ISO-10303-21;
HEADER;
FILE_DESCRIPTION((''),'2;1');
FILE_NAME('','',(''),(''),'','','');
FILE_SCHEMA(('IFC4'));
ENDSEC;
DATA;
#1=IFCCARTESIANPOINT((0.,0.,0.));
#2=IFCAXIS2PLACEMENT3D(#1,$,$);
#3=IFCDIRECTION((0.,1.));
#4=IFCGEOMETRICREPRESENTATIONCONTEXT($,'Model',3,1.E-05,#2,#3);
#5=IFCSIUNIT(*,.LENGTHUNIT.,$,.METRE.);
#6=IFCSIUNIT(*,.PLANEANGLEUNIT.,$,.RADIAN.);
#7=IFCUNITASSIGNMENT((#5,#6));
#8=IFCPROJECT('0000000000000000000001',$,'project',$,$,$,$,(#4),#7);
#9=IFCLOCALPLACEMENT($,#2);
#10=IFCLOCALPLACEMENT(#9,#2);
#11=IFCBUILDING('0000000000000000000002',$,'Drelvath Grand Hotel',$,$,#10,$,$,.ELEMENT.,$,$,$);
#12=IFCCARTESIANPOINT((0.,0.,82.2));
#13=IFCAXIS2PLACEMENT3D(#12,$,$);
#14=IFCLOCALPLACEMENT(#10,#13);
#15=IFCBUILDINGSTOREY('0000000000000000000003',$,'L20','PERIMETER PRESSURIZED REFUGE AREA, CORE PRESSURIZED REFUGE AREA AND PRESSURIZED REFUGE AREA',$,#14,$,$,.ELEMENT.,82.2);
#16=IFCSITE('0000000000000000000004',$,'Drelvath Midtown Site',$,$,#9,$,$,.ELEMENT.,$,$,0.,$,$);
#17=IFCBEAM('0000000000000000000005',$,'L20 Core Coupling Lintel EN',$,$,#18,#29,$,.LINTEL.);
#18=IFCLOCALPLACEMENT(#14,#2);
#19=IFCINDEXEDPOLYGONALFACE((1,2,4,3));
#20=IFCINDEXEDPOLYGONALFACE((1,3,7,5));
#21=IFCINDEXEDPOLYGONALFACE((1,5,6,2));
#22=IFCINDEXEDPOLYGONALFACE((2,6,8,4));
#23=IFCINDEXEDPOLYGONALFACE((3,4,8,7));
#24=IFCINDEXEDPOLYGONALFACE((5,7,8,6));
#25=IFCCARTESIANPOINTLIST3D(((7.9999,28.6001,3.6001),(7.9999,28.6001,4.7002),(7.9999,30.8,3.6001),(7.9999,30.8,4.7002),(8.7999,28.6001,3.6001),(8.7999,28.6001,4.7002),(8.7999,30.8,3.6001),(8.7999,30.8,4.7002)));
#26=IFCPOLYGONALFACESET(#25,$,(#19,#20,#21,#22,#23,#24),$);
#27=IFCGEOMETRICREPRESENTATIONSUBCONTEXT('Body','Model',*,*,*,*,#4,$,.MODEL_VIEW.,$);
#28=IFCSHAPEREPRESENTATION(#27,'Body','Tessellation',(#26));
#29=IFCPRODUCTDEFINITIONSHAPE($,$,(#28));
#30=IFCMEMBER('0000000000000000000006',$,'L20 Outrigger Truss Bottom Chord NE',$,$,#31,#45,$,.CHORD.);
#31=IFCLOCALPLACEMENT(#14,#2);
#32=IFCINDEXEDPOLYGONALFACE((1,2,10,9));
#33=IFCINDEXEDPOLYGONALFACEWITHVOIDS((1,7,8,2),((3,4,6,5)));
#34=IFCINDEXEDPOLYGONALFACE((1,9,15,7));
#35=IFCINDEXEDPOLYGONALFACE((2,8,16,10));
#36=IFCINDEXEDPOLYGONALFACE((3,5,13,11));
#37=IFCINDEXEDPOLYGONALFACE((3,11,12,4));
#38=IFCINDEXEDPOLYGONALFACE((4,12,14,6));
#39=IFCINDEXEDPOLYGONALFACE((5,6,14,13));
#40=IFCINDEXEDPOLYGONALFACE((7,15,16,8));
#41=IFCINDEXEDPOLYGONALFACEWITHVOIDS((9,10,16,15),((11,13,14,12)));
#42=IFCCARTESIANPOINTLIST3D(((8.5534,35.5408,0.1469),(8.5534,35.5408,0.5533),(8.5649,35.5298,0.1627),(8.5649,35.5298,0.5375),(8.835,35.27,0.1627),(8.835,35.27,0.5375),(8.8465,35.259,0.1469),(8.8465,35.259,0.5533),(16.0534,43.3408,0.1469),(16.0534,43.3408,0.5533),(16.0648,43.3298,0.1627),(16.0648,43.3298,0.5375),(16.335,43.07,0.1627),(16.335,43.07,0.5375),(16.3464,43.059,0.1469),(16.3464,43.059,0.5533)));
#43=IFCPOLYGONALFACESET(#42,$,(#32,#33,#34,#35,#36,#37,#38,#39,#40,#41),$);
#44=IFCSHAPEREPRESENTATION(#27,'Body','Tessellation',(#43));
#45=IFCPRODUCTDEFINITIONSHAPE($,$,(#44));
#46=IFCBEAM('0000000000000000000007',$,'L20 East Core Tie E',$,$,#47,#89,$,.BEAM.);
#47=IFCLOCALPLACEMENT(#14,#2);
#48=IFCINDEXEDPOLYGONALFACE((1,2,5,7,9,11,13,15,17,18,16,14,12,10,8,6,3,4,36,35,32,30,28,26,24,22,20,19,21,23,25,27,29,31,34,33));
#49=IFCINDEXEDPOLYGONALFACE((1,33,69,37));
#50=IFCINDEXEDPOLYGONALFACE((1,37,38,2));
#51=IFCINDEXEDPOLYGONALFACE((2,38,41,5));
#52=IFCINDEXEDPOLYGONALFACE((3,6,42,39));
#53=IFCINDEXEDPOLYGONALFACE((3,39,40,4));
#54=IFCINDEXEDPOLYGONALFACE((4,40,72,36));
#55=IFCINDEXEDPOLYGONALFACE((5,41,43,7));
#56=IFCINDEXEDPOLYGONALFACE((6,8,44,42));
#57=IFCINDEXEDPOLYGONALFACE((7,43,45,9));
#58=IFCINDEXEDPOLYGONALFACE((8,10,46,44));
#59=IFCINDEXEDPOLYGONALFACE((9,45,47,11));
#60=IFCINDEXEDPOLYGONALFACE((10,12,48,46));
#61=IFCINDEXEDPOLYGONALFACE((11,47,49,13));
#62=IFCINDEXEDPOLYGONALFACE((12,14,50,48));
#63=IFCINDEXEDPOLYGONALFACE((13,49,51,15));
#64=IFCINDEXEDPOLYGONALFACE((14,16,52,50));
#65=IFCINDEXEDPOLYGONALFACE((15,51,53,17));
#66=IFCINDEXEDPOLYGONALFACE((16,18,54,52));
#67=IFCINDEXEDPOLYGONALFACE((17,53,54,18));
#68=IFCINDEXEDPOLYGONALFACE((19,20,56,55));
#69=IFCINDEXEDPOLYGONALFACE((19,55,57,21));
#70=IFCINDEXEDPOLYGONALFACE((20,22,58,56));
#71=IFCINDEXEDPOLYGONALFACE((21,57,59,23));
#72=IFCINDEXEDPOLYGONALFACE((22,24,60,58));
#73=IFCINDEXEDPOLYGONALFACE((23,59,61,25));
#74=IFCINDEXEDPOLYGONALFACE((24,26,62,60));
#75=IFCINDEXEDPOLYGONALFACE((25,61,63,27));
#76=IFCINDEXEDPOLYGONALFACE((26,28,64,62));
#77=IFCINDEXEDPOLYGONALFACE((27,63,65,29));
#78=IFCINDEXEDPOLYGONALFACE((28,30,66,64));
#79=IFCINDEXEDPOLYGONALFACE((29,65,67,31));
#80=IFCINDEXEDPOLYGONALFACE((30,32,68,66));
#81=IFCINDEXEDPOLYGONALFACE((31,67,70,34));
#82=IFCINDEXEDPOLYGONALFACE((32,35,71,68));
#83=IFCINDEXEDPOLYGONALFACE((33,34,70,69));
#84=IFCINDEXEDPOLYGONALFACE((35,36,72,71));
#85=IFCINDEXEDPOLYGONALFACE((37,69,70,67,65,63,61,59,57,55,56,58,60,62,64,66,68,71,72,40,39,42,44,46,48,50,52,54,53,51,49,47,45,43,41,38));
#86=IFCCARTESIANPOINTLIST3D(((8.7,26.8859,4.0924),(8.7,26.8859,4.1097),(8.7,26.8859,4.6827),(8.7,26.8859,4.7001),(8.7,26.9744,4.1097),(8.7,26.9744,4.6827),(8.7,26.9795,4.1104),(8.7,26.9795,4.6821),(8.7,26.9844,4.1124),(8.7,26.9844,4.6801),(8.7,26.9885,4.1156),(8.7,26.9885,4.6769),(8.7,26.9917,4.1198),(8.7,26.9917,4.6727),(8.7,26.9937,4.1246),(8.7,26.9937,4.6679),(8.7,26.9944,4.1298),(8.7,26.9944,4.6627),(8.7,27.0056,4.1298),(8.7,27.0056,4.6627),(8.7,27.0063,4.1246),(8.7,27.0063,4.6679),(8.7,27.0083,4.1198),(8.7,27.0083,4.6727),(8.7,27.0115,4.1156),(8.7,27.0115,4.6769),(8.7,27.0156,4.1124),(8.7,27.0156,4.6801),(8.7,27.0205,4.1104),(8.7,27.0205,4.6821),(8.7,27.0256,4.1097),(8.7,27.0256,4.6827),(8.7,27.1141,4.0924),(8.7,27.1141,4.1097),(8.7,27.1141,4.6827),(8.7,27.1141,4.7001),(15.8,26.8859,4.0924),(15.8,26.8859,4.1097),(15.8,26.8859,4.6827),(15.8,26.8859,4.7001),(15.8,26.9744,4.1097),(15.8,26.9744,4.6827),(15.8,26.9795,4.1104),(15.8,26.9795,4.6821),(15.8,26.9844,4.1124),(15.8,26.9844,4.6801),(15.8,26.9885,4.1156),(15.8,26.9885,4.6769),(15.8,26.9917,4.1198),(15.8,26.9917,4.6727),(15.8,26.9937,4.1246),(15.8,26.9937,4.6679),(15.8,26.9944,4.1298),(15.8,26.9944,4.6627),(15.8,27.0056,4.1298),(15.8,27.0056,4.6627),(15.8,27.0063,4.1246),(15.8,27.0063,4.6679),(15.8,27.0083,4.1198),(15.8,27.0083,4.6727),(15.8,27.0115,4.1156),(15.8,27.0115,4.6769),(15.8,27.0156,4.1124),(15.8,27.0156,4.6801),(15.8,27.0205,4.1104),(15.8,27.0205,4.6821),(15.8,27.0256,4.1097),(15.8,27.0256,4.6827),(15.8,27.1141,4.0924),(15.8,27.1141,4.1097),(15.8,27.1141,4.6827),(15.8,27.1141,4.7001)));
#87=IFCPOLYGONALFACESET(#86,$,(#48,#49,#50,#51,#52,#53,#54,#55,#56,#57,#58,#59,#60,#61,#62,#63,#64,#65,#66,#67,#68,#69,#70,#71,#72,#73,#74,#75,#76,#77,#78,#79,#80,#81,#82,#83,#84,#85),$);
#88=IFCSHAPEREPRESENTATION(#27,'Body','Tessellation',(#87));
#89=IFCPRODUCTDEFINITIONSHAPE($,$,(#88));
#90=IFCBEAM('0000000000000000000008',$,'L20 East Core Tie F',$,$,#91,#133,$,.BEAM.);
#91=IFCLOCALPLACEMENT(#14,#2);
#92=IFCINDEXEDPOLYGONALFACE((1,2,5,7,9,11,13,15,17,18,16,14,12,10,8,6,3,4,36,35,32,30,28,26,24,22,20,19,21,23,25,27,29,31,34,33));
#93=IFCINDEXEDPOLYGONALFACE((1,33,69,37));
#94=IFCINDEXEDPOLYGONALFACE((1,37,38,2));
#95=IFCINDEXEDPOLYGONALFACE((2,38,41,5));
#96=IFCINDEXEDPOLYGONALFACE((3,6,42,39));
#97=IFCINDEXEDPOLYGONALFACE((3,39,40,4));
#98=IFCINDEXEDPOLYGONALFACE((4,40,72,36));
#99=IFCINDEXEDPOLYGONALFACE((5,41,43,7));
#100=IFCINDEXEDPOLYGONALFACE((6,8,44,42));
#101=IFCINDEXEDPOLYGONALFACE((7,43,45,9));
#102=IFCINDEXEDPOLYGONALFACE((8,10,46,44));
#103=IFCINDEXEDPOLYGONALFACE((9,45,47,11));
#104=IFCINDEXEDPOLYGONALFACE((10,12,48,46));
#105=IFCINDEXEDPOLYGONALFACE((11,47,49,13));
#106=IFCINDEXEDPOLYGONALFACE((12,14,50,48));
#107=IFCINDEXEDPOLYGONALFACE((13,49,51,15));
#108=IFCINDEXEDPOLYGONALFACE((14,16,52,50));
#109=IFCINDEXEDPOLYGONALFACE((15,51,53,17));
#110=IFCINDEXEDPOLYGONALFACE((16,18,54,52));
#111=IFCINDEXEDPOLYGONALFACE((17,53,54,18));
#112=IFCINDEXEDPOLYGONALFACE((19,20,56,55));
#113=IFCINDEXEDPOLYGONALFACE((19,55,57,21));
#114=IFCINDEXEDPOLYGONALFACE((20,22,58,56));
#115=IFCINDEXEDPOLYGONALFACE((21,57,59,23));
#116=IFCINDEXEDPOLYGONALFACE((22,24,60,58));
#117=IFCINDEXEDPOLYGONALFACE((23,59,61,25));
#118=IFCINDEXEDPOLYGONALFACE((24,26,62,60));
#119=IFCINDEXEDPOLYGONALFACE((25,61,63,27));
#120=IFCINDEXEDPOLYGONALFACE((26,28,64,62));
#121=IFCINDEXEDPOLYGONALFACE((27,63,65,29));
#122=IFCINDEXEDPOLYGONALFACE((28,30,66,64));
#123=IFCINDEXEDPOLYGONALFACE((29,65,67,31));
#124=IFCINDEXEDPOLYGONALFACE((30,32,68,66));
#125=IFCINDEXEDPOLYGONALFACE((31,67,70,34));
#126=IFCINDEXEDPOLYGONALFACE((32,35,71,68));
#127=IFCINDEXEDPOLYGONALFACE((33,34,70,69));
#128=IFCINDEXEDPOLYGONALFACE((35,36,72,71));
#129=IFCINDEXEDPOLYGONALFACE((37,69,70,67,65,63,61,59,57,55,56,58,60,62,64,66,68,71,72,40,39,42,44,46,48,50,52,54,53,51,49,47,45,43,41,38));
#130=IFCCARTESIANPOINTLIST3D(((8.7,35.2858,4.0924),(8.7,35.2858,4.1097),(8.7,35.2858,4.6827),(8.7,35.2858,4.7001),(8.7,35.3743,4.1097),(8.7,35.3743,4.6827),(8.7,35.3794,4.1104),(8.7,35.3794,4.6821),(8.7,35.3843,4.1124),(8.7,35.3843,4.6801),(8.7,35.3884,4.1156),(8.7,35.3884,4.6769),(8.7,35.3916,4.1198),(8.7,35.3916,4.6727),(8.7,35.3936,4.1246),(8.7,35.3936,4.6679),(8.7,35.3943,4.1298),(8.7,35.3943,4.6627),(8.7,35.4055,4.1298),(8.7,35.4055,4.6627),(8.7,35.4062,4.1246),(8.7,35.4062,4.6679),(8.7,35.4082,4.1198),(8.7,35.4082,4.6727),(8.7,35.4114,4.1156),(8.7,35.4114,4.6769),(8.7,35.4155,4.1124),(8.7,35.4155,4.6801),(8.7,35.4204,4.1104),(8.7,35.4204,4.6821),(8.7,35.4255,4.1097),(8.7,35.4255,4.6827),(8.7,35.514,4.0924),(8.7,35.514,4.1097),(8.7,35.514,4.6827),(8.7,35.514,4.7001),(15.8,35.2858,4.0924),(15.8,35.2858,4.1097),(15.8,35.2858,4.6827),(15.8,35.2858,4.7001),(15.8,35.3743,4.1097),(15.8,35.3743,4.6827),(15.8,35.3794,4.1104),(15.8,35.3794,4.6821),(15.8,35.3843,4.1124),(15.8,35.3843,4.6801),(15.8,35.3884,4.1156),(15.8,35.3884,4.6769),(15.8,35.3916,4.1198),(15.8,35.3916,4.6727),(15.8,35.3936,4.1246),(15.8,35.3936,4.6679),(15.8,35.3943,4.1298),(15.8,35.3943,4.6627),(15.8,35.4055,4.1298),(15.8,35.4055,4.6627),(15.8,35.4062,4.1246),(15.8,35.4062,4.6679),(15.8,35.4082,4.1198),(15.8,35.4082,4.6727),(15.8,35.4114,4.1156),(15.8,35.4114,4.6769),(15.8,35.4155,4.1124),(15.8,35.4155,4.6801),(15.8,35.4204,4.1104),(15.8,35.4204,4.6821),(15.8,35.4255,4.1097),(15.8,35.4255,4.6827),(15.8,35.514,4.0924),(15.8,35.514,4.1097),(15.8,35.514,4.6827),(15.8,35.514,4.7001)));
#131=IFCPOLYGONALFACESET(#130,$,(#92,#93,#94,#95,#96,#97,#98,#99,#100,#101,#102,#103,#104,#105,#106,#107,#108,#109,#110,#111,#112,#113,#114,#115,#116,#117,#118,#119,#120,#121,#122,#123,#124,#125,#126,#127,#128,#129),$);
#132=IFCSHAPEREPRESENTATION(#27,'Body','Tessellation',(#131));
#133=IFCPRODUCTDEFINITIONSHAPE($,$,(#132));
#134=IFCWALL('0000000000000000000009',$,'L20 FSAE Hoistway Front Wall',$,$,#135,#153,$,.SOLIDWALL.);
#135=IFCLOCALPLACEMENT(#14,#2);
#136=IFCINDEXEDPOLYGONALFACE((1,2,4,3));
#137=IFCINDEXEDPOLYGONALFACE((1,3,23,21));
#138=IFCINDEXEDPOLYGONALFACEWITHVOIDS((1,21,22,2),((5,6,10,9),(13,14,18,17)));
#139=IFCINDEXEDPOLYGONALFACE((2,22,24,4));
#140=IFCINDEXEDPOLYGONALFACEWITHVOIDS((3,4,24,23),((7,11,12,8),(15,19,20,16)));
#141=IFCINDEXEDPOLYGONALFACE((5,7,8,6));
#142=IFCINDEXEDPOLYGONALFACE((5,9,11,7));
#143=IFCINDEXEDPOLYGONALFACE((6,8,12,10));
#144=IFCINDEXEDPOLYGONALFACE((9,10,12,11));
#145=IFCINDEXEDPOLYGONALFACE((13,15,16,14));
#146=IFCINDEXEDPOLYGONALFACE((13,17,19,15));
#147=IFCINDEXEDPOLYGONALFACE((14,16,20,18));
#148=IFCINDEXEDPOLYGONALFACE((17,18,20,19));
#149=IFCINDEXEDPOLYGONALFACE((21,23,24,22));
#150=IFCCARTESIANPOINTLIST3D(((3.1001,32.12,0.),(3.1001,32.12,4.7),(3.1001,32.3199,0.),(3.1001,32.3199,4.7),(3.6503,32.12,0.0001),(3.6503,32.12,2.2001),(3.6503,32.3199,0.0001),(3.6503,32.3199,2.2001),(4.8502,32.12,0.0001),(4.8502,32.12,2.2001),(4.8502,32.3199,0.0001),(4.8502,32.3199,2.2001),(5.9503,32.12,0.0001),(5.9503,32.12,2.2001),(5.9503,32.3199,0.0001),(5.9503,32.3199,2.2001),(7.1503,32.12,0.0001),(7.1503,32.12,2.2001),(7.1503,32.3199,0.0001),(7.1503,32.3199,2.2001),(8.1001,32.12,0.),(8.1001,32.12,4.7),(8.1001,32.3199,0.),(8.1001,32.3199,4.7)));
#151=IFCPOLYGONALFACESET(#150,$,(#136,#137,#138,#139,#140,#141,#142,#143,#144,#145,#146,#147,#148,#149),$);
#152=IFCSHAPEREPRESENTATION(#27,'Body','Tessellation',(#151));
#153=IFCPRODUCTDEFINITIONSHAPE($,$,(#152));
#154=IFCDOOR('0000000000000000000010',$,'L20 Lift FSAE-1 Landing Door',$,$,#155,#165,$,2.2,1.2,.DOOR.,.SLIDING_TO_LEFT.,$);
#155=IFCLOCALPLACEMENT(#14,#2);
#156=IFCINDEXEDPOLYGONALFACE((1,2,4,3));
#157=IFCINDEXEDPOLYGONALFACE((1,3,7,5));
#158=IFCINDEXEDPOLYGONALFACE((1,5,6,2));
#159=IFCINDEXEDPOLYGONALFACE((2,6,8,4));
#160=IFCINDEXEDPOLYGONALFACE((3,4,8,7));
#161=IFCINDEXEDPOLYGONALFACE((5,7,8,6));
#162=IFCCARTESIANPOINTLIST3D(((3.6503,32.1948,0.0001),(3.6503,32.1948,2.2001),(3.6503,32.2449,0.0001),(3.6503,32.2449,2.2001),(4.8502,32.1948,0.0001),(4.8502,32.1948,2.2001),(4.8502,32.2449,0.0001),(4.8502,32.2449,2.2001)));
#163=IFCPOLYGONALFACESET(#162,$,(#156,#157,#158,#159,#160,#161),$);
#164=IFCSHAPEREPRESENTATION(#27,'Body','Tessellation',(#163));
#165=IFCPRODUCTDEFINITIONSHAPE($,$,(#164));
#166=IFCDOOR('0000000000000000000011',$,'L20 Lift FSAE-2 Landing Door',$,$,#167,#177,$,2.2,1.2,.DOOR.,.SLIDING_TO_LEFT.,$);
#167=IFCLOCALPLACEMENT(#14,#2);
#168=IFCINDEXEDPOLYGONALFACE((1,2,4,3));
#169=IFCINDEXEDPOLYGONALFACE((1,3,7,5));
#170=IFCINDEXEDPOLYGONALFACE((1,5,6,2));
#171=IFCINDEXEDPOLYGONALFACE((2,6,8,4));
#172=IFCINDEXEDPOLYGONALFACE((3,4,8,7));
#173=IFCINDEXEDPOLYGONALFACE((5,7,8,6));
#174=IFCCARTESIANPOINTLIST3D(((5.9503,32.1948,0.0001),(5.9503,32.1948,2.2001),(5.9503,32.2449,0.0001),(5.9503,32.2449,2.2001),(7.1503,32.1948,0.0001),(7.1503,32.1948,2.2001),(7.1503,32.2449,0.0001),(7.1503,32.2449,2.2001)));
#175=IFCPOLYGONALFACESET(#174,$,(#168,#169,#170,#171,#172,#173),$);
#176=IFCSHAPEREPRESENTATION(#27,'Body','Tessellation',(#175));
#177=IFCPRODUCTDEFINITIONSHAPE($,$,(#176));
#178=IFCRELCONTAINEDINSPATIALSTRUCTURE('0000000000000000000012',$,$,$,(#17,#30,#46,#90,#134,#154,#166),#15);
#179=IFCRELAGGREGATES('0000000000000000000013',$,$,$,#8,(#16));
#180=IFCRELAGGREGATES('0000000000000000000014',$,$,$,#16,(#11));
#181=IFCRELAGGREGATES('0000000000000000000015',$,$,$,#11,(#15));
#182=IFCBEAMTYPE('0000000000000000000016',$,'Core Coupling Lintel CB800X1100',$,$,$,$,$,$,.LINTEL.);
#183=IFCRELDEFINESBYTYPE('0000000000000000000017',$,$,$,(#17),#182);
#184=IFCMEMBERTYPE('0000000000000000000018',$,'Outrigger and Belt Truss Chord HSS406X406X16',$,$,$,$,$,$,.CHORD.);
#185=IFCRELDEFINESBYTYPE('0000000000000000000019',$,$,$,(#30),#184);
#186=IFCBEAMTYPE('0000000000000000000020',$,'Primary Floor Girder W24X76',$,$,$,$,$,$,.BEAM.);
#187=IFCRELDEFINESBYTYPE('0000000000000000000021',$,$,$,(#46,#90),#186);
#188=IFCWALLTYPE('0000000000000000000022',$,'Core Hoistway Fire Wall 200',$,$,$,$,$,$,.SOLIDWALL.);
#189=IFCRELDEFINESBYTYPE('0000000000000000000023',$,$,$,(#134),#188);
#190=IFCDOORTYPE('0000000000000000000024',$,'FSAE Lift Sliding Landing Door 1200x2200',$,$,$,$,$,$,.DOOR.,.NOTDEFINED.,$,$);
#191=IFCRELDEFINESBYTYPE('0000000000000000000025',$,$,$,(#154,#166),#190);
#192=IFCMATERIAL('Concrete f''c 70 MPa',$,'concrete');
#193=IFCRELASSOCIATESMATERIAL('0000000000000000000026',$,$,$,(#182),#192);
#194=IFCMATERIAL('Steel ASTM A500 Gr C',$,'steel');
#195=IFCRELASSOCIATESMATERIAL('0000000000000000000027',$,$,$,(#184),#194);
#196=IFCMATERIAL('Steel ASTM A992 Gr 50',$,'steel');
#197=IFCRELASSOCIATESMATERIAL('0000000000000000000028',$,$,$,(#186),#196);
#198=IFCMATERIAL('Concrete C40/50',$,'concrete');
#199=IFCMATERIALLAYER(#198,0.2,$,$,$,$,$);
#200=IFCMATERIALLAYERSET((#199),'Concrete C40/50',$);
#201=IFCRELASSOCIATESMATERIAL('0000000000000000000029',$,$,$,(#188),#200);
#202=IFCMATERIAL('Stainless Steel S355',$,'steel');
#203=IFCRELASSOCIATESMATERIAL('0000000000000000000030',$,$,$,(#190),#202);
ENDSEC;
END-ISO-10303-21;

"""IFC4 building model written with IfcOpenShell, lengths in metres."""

from ifc_helpers import new_model, si_unit, direction, frame, frame_2d, origin, origin_2d, place, context, subcontext, project, spatial, rectangle, hollow_rectangle, i_section, extrude, material, layer, layer_set, material_profile, profile_set, type_object, element, fill, save


model = new_model("IFC4")

# Units and contexts
model_context = context("Model", 3, precision=1e-05, world=origin(), true_north=direction((0.0, 1.0)))
body_context = subcontext(model_context, "Body", "Model", "MODEL_VIEW")
ifc_project = project(units=[si_unit("LENGTHUNIT", "METRE"), si_unit("PLANEANGLEUNIT", "RADIAN")], contexts=[model_context])

# Site, building, storey
site_placement = place(None, origin())
site = spatial("IfcSite", under=ifc_project, at=site_placement, Name="Drelvath Midtown Site", CompositionType="ELEMENT", RefElevation=0.0)
building_placement = place(site_placement, origin())
building = spatial("IfcBuilding", under=site, at=building_placement, Name="Drelvath Grand Hotel", CompositionType="ELEMENT")
storey_placement = place(building_placement, frame((0.0, 0.0, 82.2)))
storey = spatial("IfcBuildingStorey", under=building, at=storey_placement, Name="L20", Description="PERIMETER PRESSURIZED REFUGE AREA, CORE PRESSURIZED REFUGE AREA AND PRESSURIZED REFUGE AREA", CompositionType="ELEMENT", Elevation=82.2)

# Beam
ifc_material_1 = material(Name="Concrete f'c 70 MPa", Category="concrete")
ifc_material_profile_1 = material_profile(ifc_material_1, rectangle(XDim=0.8, YDim=1.1001, at=origin_2d()), Name="CB800X1100")
ifc_profile_set_1 = profile_set([ifc_material_profile_1], Name="Concrete f'c 70 MPa")
beam_type_1 = type_object("IfcBeamType", Name="Core Coupling Lintel CB800X1100", PredefinedType="LINTEL", material=ifc_profile_set_1)
beam_placement = place(storey_placement, frame((8.3999, 28.6001, 4.1501), z_axis=(0.0, 1.0, 0.0), x_axis=(-1.0, 0.0, 0.0)))
element("IfcBeam", 1, at=beam_placement, inside=storey, type_object=beam_type_1, Name="L20 Core Coupling Lintel EN", PredefinedType="LINTEL", context=body_context, shape_type="SweptSolid", body=[
    extrude(rectangle(XDim=0.8, YDim=1.1001, at=origin_2d()), origin(), (0.0, 0.0, 1.0), 2.2),
])

# Member
ifc_material_2 = material(Name="Steel ASTM A500 Gr C", Category="steel")
ifc_material_profile_2 = material_profile(ifc_material_2, hollow_rectangle(XDim=0.4065, YDim=0.4065, WallThickness=0.0159, at=origin_2d()), Name="HSS406X406X16")
ifc_profile_set_2 = profile_set([ifc_material_profile_2], Name="Steel ASTM A500 Gr C")
member_type = type_object("IfcMemberType", Name="Outrigger and Belt Truss Chord HSS406X406X16", PredefinedType="CHORD", material=ifc_profile_set_2)
member_placement = place(storey_placement, frame((8.7, 35.3999, 0.3501), z_axis=(0.693106, 0.720835, 0.0), x_axis=(-0.720835, 0.693106, 0.0)))
element("IfcMember", 2, at=member_placement, inside=storey, type_object=member_type, Name="L20 Outrigger Truss Bottom Chord NE", PredefinedType="CHORD", context=body_context, shape_type="SweptSolid", body=[
    extrude(hollow_rectangle(XDim=0.4065, YDim=0.4065, WallThickness=0.0159, at=origin_2d()), origin(), (0.0, 0.0, 1.0), 10.8208),
])

# Beams
ifc_material_3 = material(Name="Steel ASTM A992 Gr 50", Category="steel")
ifc_material_profile_3 = material_profile(ifc_material_3, i_section(OverallWidth=0.2283, OverallDepth=0.6077, WebThickness=0.0112, FlangeThickness=0.0173, FilletRadius=0.02, at=origin_2d()), Name="W24X76")
ifc_profile_set_3 = profile_set([ifc_material_profile_3], Name="Steel ASTM A992 Gr 50")
beam_type_2 = type_object("IfcBeamType", Name="Primary Floor Girder W24X76", PredefinedType="BEAM", material=ifc_profile_set_3)
for number, where, z_axis, x_axis, name in (
    (3, (8.7, 27.0, 4.3962), (1.0, 0.0, 0.0), (0.0, 1.0, 0.0), "L20 East Core Tie E"),
    (4, (8.7, 35.3999, 4.3962), (1.0, 0.0, 0.0), (0.0, 1.0, 0.0), "L20 East Core Tie F"),
):
    element("IfcBeam", number, at=place(storey_placement, frame(where, z_axis=z_axis, x_axis=x_axis)), inside=storey, type_object=beam_type_2, Name=name, PredefinedType="BEAM", context=body_context, shape_type="SweptSolid", body=[
        extrude(i_section(OverallWidth=0.2283, OverallDepth=0.6077, WebThickness=0.0112, FlangeThickness=0.0173, FilletRadius=0.02, at=origin_2d()), origin(), (0.0, 0.0, 1.0), 7.1001),
    ])

# Wall, openings, doors
ifc_material_4 = material(Name="Concrete C40/50", Category="concrete")
ifc_layer_1 = layer(ifc_material_4, 0.2)
ifc_layer_set_1 = layer_set([ifc_layer_1], Name="Concrete C40/50")
wall_type_1 = type_object("IfcWallType", Name="Core Hoistway Fire Wall 200", PredefinedType="SOLIDWALL", material=ifc_layer_set_1)
wall_1_placement = place(storey_placement, frame((3.1001, 32.22, 0.0), z_axis=(0.0, 0.0, 1.0), x_axis=(1.0, 0.0, 0.0)))
wall_1 = element("IfcWall", 5, at=wall_1_placement, inside=storey, type_object=wall_type_1, Name="L20 FSAE Hoistway Front Wall", PredefinedType="SOLIDWALL", context=body_context, shape_type="SweptSolid", body=[
    extrude(rectangle(XDim=5.0, YDim=0.2, at=frame_2d((2.5, 0.0))), origin(), (0.0, 0.0, 1.0), 4.7),
])
opening_1_placement = place(wall_1_placement, frame((0.55, 0.0, 0.0)))
opening_1 = element("IfcOpeningElement", 6, at=opening_1_placement, cuts=wall_1, PredefinedType="OPENING", context=body_context, shape_type="SweptSolid", body=[
    extrude(rectangle(XDim=1.2, YDim=2.2, at=frame_2d((0.6001, 1.1001))), frame((0.0, 0.1099, 0.0), z_axis=(0.0, -1.0, 0.0), x_axis=(1.0, 0.0, 0.0)), (0.0, 0.0, 1.0), 0.22),
])
opening_2_placement = place(wall_1_placement, frame((2.8501, 0.0, 0.0)))
opening_2 = element("IfcOpeningElement", 7, at=opening_2_placement, cuts=wall_1, PredefinedType="OPENING", context=body_context, shape_type="SweptSolid", body=[
    extrude(rectangle(XDim=1.2, YDim=2.2, at=frame_2d((0.6001, 1.1001))), frame((0.0, 0.1099, 0.0), z_axis=(0.0, -1.0, 0.0), x_axis=(1.0, 0.0, 0.0)), (0.0, 0.0, 1.0), 0.22),
])
ifc_material_5 = material(Name="Stainless Steel S355", Category="steel")
door_type_1 = type_object("IfcDoorType", Name="FSAE Lift Sliding Landing Door 1200x2200", OperationType="NOTDEFINED", PredefinedType="DOOR", material=ifc_material_5)
door_1_placement = place(opening_1_placement, origin())
door_1 = element("IfcDoor", 8, at=door_1_placement, inside=storey, type_object=door_type_1, Name="L20 Lift FSAE-1 Landing Door", OperationType="SLIDING_TO_LEFT", OverallHeight=2.2, OverallWidth=1.2, PredefinedType="DOOR", context=body_context, shape_type="SweptSolid", body=[
    extrude(rectangle(XDim=1.2, YDim=2.2, at=frame_2d((0.6001, 1.1001))), frame((0.0, 0.0249, 0.0), z_axis=(0.0, -1.0, 0.0), x_axis=(1.0, 0.0, 0.0)), (0.0, 0.0, 1.0), 0.05),
])
fill(opening_1, door_1)
door_2_placement = place(opening_2_placement, origin())
door_2 = element("IfcDoor", 9, at=door_2_placement, inside=storey, type_object=door_type_1, Name="L20 Lift FSAE-2 Landing Door", OperationType="SLIDING_TO_LEFT", OverallHeight=2.2, OverallWidth=1.2, PredefinedType="DOOR", context=body_context, shape_type="SweptSolid", body=[
    extrude(rectangle(XDim=1.2, YDim=2.2, at=frame_2d((0.6001, 1.1001))), frame((0.0, 0.0249, 0.0), z_axis=(0.0, -1.0, 0.0), x_axis=(1.0, 0.0, 0.0)), (0.0, 0.0, 1.0), 0.05),
])
fill(opening_2, door_2)

save(model, "model.ifc")
